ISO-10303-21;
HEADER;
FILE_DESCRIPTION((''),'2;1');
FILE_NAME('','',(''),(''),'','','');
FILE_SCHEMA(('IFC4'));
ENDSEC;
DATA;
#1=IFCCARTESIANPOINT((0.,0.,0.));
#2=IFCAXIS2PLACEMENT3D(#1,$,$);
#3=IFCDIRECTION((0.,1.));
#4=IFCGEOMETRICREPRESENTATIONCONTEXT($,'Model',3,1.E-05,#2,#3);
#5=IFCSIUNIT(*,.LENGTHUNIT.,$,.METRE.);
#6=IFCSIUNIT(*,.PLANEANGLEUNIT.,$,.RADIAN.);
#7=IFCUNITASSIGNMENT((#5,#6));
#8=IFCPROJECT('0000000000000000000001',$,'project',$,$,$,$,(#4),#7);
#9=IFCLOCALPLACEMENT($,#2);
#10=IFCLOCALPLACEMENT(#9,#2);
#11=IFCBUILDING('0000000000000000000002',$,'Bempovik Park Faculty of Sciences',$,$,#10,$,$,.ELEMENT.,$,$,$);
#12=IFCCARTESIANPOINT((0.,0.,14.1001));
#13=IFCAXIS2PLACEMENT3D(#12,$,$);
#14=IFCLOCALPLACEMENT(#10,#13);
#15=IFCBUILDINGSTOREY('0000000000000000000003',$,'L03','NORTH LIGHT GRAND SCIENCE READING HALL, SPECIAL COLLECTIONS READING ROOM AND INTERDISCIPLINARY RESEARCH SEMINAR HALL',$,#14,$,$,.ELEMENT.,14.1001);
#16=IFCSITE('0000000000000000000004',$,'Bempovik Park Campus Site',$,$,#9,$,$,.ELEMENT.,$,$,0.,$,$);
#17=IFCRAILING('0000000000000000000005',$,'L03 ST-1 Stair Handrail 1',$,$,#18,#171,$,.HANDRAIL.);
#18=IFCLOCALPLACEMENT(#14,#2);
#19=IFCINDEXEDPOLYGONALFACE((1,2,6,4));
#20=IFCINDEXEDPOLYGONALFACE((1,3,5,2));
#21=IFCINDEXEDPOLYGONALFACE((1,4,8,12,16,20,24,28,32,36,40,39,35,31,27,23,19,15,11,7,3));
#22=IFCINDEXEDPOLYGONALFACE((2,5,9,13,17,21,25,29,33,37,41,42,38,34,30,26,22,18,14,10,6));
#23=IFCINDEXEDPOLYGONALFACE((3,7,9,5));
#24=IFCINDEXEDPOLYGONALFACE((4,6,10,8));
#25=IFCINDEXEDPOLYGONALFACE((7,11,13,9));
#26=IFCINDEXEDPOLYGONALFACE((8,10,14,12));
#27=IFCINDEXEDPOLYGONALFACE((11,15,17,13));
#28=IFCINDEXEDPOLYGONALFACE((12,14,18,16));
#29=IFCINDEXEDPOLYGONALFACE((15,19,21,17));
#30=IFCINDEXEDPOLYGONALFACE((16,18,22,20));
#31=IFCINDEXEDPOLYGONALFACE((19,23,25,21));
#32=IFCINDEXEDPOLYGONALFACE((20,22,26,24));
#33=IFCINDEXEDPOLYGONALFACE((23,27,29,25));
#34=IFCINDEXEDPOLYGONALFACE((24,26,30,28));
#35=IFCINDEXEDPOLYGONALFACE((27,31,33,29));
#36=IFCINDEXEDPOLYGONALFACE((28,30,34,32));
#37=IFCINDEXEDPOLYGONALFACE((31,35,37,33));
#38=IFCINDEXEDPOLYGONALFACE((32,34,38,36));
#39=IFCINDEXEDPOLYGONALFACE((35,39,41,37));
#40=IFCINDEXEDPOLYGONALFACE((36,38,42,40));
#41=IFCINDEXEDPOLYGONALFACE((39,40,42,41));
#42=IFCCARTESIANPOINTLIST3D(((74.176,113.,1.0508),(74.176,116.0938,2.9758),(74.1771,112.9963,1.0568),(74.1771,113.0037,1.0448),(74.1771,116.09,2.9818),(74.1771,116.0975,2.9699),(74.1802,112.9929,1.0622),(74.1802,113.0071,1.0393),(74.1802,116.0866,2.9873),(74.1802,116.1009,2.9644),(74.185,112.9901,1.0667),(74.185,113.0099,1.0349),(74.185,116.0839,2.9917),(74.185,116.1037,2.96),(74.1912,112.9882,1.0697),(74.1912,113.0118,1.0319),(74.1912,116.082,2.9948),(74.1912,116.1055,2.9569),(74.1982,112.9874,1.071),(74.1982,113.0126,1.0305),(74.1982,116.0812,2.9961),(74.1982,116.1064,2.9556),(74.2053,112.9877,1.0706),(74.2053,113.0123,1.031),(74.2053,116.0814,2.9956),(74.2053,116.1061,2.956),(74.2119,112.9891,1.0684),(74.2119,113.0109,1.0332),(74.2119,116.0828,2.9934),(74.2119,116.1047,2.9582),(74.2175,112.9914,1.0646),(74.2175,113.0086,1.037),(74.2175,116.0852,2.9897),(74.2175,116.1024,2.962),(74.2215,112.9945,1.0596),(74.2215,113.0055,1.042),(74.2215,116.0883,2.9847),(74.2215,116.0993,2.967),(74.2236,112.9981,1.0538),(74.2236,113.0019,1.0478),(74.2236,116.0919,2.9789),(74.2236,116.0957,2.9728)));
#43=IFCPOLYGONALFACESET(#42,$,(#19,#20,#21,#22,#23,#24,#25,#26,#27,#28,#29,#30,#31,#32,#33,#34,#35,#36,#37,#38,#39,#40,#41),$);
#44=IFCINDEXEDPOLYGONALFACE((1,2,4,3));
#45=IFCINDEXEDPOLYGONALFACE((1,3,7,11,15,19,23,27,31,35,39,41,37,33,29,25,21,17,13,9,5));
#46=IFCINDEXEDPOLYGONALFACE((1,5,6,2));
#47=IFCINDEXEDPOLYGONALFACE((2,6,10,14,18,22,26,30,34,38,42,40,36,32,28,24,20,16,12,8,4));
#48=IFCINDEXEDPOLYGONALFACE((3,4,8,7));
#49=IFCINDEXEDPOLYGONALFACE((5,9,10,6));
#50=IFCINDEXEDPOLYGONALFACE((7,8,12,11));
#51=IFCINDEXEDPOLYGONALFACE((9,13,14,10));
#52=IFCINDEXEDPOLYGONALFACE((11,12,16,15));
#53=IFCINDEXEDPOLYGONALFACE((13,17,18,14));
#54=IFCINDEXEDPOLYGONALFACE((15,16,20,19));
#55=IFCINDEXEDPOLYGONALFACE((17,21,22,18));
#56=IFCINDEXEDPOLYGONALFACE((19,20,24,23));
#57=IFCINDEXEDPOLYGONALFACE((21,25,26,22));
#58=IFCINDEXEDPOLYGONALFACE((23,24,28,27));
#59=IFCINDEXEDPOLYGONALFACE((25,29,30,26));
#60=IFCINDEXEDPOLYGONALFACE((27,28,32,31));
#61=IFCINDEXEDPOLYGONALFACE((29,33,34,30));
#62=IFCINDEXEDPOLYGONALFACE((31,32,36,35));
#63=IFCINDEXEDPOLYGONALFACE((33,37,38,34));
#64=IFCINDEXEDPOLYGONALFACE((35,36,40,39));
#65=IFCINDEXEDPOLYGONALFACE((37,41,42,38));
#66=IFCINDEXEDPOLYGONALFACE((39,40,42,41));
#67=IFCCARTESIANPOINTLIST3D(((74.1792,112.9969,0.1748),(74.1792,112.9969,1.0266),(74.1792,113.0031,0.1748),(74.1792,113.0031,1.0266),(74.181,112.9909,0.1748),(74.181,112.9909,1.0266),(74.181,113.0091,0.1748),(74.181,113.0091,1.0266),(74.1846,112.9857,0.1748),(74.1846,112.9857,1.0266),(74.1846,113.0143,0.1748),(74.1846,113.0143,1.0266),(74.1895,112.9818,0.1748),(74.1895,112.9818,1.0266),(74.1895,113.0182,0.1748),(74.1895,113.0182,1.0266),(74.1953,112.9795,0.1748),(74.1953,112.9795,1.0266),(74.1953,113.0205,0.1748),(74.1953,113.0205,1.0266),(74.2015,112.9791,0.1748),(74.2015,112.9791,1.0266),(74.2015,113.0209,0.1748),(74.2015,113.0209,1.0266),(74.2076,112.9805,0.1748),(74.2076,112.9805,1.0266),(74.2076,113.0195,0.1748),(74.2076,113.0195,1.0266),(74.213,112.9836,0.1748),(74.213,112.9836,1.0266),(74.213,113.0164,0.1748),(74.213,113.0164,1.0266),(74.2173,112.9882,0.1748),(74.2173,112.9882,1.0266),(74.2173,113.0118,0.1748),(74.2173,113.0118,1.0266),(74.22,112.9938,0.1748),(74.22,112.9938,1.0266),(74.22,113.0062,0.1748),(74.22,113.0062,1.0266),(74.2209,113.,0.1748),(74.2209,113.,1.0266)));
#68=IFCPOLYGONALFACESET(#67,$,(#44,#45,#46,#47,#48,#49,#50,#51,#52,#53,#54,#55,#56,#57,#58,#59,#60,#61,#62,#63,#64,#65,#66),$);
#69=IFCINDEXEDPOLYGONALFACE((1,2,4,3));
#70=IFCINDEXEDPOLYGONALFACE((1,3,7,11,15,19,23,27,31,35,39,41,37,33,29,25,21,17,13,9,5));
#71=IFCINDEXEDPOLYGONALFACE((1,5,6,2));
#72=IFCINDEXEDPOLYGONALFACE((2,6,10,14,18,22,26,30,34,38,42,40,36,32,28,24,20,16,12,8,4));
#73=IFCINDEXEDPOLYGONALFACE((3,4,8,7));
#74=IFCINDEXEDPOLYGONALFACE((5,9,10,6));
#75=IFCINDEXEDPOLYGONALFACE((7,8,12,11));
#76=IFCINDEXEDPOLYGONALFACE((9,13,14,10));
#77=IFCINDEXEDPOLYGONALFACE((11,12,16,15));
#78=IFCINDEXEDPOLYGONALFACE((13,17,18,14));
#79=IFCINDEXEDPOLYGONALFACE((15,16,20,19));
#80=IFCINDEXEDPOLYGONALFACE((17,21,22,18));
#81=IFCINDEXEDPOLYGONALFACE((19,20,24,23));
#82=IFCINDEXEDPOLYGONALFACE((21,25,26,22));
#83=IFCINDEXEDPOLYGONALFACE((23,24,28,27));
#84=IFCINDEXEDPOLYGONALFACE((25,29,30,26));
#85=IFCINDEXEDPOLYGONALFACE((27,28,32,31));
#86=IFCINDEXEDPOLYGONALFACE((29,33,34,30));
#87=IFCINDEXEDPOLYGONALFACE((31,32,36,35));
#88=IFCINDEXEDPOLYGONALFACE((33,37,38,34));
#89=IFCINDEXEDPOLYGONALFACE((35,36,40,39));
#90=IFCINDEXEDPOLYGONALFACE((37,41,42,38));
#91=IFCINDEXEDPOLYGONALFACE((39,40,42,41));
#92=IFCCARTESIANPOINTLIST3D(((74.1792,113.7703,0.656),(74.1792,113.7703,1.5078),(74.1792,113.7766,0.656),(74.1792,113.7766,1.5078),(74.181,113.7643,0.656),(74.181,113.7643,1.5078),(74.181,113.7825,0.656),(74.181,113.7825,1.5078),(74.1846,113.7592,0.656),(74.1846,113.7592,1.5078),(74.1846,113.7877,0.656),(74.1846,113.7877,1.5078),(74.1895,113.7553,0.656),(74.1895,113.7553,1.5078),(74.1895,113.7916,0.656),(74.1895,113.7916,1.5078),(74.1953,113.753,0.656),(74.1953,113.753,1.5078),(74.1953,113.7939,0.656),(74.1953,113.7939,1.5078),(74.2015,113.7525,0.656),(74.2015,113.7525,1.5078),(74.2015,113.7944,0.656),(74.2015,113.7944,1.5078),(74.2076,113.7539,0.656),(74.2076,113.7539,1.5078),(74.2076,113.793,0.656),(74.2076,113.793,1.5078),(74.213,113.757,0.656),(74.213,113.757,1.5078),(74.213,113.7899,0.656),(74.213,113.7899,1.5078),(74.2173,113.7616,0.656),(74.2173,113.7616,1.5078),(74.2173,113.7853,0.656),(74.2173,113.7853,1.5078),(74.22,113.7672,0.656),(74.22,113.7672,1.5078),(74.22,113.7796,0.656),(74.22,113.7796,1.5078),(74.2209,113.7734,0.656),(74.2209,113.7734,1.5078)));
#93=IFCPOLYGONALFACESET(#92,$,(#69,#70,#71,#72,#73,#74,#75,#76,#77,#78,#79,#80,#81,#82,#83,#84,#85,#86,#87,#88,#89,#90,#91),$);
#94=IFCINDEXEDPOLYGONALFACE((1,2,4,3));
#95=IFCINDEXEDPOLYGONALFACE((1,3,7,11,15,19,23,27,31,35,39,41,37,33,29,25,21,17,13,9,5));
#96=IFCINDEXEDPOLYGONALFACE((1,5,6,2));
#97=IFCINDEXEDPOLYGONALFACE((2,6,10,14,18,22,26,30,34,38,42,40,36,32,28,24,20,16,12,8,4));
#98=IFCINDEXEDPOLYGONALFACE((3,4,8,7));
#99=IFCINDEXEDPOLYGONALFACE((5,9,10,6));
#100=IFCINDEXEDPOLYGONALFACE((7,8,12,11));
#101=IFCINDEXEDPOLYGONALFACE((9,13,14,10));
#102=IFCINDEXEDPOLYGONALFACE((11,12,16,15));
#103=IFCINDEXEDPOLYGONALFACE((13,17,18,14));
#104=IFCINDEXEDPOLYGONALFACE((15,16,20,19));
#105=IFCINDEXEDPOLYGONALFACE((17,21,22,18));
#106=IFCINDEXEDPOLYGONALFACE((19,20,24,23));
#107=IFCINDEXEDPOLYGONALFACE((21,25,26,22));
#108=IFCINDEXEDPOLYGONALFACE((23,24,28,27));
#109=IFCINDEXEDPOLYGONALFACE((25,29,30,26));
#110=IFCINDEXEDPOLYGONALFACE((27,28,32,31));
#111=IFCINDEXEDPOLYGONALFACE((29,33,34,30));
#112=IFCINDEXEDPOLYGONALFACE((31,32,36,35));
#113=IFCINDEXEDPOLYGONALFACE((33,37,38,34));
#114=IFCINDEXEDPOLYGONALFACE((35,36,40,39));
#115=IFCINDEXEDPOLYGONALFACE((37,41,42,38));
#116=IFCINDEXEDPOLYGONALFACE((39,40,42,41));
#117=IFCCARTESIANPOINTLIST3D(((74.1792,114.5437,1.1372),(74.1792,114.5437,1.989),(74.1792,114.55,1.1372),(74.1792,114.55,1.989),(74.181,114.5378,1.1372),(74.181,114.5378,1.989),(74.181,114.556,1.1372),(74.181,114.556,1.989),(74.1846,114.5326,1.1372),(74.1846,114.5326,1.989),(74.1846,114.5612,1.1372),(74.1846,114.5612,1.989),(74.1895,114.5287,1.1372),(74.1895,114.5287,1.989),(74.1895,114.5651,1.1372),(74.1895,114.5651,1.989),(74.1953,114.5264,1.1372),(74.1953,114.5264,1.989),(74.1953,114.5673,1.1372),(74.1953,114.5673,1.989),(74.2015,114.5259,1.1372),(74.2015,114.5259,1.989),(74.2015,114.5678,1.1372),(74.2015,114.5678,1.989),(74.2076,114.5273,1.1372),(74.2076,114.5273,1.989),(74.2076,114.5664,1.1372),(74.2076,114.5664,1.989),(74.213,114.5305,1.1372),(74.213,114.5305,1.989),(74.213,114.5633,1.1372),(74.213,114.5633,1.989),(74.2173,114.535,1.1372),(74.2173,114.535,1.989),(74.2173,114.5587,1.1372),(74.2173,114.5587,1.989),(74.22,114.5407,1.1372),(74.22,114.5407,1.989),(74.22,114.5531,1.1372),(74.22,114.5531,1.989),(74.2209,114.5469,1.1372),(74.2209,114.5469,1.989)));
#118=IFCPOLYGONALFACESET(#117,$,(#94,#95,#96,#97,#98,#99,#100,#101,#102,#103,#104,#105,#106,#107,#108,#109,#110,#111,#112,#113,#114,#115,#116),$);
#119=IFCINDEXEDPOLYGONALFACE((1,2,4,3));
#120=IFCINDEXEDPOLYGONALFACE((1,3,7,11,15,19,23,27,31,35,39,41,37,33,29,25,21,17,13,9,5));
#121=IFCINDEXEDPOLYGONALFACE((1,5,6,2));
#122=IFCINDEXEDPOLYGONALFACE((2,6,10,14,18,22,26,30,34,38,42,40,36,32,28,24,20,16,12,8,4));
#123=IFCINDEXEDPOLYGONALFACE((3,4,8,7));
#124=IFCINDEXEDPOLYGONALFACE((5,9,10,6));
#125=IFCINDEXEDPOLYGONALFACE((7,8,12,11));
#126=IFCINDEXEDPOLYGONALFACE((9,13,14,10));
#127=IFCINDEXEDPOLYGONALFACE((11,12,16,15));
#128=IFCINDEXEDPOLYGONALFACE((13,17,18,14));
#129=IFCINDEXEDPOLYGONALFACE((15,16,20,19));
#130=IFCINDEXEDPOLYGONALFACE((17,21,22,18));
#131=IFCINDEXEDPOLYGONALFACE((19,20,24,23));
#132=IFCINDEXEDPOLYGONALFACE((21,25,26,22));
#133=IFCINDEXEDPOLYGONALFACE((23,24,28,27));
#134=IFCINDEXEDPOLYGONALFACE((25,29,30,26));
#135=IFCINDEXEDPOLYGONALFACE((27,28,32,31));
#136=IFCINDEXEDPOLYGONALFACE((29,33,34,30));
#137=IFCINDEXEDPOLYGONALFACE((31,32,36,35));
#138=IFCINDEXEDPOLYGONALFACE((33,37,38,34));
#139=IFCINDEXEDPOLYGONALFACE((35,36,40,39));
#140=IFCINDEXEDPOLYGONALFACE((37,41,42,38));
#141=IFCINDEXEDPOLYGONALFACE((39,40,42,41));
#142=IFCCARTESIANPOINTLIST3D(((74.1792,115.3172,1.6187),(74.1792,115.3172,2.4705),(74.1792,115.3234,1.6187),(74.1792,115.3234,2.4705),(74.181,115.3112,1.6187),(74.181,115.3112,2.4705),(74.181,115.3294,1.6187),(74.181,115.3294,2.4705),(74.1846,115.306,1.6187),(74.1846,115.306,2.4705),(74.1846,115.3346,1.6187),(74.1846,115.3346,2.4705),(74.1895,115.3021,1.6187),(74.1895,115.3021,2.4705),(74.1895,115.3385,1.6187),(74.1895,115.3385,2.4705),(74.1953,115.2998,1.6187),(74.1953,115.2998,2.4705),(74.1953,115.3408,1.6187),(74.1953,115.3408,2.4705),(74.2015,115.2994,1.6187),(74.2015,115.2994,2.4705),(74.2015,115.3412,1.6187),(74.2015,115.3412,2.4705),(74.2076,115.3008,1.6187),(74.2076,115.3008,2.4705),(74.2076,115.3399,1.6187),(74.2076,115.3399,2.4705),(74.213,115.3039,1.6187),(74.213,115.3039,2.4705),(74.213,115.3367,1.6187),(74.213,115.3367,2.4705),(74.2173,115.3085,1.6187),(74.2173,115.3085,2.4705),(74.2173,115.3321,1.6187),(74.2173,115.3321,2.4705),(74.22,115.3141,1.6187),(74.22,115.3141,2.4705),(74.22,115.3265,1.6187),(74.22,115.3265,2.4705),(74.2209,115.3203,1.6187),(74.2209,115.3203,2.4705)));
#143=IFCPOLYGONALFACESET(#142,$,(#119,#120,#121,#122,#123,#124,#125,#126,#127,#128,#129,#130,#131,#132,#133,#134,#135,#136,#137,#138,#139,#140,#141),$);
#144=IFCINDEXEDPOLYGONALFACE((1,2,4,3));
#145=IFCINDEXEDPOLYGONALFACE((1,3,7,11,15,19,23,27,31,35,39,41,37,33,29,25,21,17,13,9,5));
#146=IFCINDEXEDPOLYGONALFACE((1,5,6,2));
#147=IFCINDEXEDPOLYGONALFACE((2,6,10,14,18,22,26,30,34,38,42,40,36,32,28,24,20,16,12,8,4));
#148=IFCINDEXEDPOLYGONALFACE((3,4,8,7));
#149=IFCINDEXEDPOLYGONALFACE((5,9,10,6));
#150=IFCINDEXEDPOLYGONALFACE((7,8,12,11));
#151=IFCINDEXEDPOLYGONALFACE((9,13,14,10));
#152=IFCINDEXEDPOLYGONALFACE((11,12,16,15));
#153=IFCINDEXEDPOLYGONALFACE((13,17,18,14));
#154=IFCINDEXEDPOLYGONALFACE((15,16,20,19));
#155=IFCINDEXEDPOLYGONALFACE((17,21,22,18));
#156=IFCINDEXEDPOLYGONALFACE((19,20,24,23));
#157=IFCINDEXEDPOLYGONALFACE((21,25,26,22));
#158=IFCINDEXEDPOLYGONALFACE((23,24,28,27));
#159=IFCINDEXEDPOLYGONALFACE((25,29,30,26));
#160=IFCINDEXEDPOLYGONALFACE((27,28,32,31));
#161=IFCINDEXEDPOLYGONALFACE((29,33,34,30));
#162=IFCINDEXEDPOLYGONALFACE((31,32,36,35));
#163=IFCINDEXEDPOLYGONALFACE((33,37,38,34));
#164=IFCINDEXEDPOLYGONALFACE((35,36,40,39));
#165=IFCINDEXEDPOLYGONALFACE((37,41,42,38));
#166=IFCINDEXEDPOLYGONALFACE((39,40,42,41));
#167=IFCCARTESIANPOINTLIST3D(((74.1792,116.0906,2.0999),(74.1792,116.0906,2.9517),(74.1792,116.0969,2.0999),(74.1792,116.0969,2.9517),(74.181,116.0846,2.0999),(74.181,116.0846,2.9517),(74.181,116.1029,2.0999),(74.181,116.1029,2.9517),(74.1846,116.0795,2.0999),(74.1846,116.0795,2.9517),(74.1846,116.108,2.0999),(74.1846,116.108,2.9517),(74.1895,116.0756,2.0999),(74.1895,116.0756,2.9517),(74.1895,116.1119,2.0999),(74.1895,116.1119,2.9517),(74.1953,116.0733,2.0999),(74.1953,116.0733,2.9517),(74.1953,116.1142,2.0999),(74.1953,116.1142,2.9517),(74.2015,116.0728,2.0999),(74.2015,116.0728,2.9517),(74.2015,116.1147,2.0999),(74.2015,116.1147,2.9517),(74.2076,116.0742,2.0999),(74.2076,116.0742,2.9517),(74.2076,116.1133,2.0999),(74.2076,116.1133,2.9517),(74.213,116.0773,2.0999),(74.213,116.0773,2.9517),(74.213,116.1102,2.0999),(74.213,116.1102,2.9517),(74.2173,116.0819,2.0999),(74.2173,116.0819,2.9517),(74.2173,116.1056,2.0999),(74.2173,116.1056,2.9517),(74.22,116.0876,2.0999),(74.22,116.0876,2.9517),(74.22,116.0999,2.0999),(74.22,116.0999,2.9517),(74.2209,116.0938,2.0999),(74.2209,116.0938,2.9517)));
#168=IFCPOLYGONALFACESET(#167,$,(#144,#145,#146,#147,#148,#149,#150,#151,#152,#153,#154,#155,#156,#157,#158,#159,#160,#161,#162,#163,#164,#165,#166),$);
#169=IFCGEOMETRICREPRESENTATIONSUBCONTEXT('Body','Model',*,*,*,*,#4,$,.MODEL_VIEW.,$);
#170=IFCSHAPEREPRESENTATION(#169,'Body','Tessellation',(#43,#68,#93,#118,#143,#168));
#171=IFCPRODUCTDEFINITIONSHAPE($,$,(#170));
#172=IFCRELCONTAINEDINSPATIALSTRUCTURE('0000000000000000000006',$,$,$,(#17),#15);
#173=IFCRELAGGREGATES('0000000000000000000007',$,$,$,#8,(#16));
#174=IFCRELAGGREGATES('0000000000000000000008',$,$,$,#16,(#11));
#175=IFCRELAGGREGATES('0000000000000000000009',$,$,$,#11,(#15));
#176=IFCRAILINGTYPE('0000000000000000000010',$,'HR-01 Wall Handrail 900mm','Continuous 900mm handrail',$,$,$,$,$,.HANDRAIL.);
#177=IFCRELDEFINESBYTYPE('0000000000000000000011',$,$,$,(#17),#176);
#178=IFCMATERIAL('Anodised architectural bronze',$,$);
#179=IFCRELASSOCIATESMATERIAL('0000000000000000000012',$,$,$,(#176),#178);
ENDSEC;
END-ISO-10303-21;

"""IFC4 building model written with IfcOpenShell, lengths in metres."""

from ifc_helpers import new_model, si_unit, direction, frame, origin, origin_2d, place, context, subcontext, project, spatial, circle, extrude, material, type_object, element, save


model = new_model("IFC4")

# Units and contexts
model_context = context("Model", 3, precision=1e-05, world=origin(), true_north=direction((0.0, 1.0)))
body_context = subcontext(model_context, "Body", "Model", "MODEL_VIEW")
ifc_project = project(units=[si_unit("LENGTHUNIT", "METRE"), si_unit("PLANEANGLEUNIT", "RADIAN")], contexts=[model_context])

# Site, building, storey
site_placement = place(None, origin())
site = spatial("IfcSite", under=ifc_project, at=site_placement, Name="Bempovik Park Campus Site", CompositionType="ELEMENT", RefElevation=0.0)
building_placement = place(site_placement, origin())
building = spatial("IfcBuilding", under=site, at=building_placement, Name="Bempovik Park Faculty of Sciences", CompositionType="ELEMENT")
storey_placement = place(building_placement, frame((0.0, 0.0, 14.1001)))
storey = spatial("IfcBuildingStorey", under=building, at=storey_placement, Name="L03", Description="NORTH LIGHT GRAND SCIENCE READING HALL, SPECIAL COLLECTIONS READING ROOM AND INTERDISCIPLINARY RESEARCH SEMINAR HALL", CompositionType="ELEMENT", Elevation=14.1001)

# Railing
ifc_material_1 = material(Name="Anodised architectural bronze")
railing_type_1 = type_object("IfcRailingType", Name="HR-01 Wall Handrail 900mm", Description="Continuous 900mm handrail", PredefinedType="HANDRAIL", material=ifc_material_1)
railing_1_placement = place(storey_placement, frame((74.2, 113.0, 0.1748)))
element("IfcRailing", 1, at=railing_1_placement, inside=storey, type_object=railing_type_1, Name="L03 ST-1 Stair Handrail 1", PredefinedType="HANDRAIL", context=body_context, shape_type="SweptSolid", body=[
    extrude(circle(Radius=0.0239, at=origin_2d()), frame((0.0, 0.0, 0.876), z_axis=(0.0, 0.849051, 0.528312), x_axis=(-1.0, 0.0, 0.0)), (0.0, 0.0, 1.0), 3.6438),
    extrude(circle(Radius=0.021, at=origin_2d()), origin(), (0.0, 0.0, 1.0), 0.8518),
    extrude(circle(Radius=0.021, at=origin_2d()), frame((0.0, 0.7734, 0.4812)), (0.0, 0.0, 1.0), 0.8518),
    extrude(circle(Radius=0.021, at=origin_2d()), frame((0.0, 1.5469, 0.9624)), (0.0, 0.0, 1.0), 0.8518),
    extrude(circle(Radius=0.021, at=origin_2d()), frame((0.0, 2.3203, 1.4438)), (0.0, 0.0, 1.0), 0.8518),
    extrude(circle(Radius=0.021, at=origin_2d()), frame((0.0, 3.0938, 1.925)), (0.0, 0.0, 1.0), 0.8518),
])

save(model, "model.ifc")
